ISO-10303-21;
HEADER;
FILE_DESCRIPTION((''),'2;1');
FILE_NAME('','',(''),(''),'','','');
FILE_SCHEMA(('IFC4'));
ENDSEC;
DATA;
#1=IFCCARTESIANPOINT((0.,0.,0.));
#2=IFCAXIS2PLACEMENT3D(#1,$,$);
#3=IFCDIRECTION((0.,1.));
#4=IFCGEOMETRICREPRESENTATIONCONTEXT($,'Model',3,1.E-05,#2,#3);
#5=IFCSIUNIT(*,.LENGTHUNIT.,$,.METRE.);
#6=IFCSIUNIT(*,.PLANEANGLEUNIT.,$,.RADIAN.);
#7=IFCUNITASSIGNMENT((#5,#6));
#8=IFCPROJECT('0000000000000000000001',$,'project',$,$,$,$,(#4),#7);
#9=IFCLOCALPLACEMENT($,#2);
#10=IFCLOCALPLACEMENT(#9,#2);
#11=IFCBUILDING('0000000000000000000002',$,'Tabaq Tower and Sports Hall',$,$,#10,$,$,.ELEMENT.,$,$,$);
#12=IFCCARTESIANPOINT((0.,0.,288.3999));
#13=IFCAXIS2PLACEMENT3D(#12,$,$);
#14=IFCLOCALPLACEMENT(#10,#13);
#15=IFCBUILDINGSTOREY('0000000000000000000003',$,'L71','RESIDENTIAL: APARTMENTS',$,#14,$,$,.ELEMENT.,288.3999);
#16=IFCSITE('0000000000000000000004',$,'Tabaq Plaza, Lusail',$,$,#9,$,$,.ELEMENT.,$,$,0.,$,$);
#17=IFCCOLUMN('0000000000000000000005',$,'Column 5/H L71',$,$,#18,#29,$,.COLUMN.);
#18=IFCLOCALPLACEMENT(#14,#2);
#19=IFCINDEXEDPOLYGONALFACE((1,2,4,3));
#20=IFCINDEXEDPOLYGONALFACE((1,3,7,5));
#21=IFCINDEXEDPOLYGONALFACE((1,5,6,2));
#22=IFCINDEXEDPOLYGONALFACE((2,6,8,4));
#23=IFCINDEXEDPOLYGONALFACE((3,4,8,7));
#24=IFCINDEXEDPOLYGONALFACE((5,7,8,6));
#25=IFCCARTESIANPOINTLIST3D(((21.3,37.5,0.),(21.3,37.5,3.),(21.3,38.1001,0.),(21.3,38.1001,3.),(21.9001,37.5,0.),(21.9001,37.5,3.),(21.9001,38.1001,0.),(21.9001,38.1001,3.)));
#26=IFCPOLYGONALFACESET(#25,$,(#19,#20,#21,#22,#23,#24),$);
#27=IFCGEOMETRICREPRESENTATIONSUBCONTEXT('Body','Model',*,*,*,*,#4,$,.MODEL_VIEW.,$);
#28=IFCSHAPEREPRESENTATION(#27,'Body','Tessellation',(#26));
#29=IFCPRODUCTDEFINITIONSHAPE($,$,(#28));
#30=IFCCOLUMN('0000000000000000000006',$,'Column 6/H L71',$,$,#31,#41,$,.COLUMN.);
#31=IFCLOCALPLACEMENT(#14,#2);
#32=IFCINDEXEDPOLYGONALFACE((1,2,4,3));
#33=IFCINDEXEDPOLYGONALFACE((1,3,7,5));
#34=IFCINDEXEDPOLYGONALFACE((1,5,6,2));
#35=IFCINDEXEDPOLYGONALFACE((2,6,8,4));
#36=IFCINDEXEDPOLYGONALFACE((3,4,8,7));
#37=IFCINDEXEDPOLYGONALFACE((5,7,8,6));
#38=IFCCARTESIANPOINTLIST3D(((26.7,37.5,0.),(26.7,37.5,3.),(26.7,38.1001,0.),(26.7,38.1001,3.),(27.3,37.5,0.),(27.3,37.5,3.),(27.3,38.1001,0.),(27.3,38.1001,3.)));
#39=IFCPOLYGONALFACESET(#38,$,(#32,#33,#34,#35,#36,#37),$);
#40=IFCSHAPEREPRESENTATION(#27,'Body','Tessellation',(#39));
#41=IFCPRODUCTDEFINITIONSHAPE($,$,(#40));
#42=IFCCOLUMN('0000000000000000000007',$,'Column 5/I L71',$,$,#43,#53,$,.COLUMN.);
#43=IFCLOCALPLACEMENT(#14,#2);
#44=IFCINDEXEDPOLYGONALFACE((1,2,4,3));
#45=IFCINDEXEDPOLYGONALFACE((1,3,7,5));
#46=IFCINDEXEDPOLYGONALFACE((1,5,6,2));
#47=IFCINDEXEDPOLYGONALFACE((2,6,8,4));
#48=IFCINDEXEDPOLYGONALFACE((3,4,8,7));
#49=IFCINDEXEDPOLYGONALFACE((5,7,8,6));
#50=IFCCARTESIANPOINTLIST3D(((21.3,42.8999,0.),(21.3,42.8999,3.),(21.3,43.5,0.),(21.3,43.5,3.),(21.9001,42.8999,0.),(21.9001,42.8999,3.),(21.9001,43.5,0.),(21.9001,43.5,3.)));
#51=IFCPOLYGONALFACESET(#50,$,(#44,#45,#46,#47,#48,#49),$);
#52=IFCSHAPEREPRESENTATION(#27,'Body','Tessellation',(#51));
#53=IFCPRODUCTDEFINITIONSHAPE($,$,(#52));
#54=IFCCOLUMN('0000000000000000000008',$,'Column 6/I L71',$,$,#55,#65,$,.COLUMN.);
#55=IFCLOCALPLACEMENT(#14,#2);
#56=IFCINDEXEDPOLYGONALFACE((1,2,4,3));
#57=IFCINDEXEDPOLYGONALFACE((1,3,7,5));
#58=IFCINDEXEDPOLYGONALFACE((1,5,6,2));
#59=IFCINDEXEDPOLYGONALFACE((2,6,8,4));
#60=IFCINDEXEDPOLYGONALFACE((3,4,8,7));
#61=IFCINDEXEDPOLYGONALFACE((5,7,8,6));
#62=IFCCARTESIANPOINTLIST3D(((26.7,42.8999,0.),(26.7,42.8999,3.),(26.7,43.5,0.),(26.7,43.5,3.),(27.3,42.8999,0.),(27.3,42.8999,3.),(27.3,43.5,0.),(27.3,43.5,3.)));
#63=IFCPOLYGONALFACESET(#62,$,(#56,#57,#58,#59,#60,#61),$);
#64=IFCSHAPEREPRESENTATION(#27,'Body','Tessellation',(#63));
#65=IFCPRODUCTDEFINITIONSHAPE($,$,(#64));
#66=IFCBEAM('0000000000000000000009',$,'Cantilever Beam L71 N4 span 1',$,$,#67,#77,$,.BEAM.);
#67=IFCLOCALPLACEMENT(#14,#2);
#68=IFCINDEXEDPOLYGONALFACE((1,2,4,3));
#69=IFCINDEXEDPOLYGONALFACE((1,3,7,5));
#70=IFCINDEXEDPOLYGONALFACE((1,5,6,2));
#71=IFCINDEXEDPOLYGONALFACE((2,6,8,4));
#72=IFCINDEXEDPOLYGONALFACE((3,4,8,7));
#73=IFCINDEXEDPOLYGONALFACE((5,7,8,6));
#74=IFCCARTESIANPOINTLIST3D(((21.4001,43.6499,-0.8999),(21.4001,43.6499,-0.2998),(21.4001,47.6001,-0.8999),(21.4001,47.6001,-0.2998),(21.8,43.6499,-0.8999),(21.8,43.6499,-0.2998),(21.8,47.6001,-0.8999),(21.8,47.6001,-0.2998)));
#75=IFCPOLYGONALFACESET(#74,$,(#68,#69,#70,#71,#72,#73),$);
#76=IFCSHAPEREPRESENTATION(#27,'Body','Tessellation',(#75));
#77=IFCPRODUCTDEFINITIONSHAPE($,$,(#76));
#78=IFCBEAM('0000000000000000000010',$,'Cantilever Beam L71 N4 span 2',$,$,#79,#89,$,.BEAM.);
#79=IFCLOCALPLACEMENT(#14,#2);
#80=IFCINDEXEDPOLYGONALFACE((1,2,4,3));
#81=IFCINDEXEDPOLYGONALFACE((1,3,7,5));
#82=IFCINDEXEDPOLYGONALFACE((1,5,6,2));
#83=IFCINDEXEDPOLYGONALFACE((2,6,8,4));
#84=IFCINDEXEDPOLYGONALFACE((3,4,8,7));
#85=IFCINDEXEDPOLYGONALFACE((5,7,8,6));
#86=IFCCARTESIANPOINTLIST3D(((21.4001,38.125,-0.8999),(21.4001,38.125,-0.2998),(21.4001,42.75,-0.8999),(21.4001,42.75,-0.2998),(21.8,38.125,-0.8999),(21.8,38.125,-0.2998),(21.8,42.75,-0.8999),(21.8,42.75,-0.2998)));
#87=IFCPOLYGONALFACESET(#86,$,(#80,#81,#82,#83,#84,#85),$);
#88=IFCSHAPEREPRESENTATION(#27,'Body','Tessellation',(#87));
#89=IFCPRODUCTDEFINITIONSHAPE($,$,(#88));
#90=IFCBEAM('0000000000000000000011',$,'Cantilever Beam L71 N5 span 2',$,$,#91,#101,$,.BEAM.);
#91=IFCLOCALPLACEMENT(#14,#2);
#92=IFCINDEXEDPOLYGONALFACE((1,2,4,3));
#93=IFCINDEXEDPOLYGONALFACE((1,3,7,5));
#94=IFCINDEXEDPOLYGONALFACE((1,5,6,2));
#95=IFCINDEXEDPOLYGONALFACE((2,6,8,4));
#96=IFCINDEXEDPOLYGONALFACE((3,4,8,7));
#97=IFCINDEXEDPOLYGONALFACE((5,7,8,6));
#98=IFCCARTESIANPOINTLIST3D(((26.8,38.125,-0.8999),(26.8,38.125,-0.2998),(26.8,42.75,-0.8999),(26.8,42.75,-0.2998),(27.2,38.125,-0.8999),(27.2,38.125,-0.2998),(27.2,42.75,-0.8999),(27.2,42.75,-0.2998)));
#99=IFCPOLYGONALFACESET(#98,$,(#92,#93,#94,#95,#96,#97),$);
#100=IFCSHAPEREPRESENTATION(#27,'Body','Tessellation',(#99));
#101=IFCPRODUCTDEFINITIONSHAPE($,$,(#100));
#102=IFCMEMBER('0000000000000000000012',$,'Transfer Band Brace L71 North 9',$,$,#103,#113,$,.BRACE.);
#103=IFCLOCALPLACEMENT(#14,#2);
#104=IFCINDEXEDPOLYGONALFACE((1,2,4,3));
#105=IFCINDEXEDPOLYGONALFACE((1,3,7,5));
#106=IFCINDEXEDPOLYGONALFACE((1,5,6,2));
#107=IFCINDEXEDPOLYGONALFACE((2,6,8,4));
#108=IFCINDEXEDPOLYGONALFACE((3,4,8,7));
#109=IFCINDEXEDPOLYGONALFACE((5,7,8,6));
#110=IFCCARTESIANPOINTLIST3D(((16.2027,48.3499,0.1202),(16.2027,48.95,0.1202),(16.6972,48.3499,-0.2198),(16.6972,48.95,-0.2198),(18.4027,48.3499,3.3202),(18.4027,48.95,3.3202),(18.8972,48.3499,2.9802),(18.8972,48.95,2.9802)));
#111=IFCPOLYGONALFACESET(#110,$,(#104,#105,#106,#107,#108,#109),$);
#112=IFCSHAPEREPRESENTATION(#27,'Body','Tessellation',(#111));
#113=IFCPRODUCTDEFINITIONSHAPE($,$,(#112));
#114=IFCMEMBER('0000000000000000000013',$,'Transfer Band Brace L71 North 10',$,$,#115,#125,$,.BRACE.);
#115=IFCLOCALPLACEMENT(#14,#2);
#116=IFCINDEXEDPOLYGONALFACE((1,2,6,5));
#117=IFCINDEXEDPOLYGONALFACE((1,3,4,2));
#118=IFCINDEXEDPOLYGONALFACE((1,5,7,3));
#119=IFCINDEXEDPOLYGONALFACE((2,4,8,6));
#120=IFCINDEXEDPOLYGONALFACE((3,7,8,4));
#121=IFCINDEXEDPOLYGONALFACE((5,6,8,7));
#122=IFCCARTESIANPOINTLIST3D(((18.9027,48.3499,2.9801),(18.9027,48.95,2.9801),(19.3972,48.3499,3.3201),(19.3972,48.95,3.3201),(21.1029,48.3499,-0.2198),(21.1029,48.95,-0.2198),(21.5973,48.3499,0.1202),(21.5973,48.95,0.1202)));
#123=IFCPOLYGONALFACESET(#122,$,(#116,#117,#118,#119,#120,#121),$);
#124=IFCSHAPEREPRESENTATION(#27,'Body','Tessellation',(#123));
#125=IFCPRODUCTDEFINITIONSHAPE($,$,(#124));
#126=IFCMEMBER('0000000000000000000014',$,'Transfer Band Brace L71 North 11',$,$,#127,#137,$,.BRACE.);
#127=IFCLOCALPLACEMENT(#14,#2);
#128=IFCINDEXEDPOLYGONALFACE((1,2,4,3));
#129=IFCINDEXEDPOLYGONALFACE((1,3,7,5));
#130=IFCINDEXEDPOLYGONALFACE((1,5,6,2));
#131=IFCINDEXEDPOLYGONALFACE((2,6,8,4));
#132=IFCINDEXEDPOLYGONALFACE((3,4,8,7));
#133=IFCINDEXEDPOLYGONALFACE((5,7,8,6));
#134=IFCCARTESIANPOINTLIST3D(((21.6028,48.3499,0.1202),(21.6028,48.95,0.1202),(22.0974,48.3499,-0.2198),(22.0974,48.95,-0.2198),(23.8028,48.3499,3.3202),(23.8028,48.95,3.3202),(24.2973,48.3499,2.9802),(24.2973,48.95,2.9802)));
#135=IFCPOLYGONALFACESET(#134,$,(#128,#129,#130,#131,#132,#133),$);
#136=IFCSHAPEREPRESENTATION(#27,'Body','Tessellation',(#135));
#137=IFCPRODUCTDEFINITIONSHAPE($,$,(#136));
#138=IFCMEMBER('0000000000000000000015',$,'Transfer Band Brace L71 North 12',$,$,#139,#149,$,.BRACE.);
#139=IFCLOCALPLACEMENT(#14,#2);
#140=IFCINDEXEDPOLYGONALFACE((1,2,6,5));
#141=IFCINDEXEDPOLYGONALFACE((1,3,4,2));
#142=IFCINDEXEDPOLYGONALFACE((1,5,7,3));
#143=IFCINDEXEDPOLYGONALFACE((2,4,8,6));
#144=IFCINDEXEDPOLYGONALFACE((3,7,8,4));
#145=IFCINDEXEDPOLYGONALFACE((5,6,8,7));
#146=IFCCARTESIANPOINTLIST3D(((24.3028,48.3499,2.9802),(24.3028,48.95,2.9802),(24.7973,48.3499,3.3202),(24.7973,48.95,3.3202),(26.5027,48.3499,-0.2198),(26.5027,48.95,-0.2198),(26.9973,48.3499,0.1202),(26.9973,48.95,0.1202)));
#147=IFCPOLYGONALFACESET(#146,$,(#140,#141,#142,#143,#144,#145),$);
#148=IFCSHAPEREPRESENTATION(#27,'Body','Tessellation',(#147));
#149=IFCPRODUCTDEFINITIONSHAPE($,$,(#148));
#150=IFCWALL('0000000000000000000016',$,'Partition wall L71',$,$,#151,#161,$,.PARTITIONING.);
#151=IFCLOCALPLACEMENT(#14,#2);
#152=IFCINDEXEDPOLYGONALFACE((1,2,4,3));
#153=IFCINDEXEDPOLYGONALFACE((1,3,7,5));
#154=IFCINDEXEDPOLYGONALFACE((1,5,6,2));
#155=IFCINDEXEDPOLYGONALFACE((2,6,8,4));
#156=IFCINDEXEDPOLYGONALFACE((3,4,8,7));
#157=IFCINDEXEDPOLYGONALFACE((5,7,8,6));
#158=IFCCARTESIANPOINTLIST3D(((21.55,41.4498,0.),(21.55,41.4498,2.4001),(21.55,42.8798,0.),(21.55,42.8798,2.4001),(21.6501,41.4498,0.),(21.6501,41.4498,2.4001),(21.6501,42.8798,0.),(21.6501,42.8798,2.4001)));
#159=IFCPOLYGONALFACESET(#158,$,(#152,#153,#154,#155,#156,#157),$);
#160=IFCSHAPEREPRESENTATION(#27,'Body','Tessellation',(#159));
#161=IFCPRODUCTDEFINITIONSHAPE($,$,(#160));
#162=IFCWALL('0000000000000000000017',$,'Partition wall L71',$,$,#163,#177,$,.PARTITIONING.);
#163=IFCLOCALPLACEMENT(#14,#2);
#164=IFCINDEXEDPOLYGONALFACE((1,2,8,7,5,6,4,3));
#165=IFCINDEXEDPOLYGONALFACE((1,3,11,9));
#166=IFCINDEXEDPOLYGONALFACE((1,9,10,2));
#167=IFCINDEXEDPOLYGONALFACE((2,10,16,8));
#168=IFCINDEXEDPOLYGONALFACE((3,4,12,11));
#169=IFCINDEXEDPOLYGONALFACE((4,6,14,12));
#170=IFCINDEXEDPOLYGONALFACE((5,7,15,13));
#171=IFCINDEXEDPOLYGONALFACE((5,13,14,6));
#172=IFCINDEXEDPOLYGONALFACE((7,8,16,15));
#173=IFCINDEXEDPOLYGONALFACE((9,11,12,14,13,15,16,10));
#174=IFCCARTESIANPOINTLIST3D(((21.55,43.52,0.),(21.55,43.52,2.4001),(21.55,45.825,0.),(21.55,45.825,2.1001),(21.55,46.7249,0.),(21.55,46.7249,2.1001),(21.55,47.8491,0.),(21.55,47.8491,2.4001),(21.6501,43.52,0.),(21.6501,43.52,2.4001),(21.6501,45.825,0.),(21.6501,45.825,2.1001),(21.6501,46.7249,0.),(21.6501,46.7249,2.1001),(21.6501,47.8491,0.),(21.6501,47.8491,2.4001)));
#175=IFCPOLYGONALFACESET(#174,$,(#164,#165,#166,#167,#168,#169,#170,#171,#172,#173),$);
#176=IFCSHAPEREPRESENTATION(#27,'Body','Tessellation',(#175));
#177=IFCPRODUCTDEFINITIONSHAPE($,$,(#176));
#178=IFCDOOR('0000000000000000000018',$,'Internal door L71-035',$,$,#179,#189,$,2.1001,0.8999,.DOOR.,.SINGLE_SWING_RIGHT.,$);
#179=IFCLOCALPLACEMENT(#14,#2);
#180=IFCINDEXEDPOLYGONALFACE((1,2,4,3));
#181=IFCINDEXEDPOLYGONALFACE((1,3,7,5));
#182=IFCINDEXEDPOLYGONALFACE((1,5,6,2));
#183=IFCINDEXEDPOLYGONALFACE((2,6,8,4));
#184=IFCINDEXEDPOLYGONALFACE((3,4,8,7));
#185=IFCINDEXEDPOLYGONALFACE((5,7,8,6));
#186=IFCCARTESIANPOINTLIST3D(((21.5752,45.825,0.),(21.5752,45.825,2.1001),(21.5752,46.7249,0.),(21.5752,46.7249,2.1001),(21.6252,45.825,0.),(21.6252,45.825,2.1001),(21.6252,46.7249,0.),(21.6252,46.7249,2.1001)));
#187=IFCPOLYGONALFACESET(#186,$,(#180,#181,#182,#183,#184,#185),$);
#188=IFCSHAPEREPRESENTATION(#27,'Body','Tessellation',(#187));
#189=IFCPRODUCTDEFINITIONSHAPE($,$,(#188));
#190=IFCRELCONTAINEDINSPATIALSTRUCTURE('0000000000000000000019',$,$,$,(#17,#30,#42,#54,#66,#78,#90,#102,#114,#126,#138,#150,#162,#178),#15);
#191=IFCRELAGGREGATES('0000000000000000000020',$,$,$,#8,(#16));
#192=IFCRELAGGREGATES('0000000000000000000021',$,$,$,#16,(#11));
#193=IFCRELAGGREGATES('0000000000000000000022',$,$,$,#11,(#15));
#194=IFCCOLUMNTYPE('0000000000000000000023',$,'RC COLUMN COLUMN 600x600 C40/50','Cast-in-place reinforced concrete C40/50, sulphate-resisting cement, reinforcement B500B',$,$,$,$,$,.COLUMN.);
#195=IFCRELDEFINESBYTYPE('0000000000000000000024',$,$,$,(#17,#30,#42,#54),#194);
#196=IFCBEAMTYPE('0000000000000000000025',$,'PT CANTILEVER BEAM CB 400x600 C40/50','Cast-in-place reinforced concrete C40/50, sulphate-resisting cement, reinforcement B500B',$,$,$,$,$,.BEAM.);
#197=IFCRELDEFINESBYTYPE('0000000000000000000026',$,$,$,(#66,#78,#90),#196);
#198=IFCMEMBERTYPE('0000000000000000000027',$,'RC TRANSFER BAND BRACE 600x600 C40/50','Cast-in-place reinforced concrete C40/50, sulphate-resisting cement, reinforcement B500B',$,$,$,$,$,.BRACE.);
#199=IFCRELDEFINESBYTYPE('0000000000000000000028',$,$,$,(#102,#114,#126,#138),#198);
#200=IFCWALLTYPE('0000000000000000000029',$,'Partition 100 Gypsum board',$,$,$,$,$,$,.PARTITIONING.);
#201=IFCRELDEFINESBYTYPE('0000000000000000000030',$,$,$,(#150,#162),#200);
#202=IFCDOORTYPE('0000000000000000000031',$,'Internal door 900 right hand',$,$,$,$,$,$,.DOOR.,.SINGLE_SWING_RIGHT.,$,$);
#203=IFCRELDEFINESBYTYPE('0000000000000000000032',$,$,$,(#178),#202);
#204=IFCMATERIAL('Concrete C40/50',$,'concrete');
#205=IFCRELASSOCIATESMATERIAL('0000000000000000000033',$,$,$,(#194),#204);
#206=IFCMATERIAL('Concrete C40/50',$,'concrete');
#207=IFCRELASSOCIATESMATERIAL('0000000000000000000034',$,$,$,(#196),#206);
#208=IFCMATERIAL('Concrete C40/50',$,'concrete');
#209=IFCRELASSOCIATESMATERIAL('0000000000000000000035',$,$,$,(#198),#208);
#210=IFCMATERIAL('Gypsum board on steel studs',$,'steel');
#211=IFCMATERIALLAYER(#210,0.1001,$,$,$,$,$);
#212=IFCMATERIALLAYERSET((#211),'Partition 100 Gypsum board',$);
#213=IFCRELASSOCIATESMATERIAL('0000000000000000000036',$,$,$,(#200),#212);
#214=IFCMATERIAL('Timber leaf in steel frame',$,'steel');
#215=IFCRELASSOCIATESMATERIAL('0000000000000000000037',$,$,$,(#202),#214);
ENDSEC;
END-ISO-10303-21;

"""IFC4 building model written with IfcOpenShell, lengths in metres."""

from ifc_helpers import new_model, si_unit, direction, frame, frame_2d, origin, origin_2d, place, context, subcontext, project, spatial, rectangle, extrude, material, layer, layer_set, material_profile, profile_set, type_object, element, fill, save


model = new_model("IFC4")

# Units and contexts
model_context = context("Model", 3, precision=1e-05, world=origin(), true_north=direction((0.0, 1.0)))
body_context = subcontext(model_context, "Body", "Model", "MODEL_VIEW")
ifc_project = project(units=[si_unit("LENGTHUNIT", "METRE"), si_unit("PLANEANGLEUNIT", "RADIAN")], contexts=[model_context])

# Site, building, storey
site_placement = place(None, origin())
site = spatial("IfcSite", under=ifc_project, at=site_placement, Name="Tabaq Plaza, Lusail", CompositionType="ELEMENT", RefElevation=0.0)
building_placement = place(site_placement, origin())
building = spatial("IfcBuilding", under=site, at=building_placement, Name="Tabaq Tower and Sports Hall", CompositionType="ELEMENT")
storey_placement = place(building_placement, frame((0.0, 0.0, 288.3999)))
storey = spatial("IfcBuildingStorey", under=building, at=storey_placement, Name="L71", Description="RESIDENTIAL: APARTMENTS", CompositionType="ELEMENT", Elevation=288.3999)

# Columns
ifc_material_1 = material(Name="Concrete C40/50", Category="concrete")
ifc_material_profile_1 = material_profile(ifc_material_1, rectangle(XDim=0.6001, YDim=0.6001, at=origin_2d()), Name="COLUMN 600x600")
ifc_profile_set_1 = profile_set([ifc_material_profile_1], Name="Concrete C40/50")
column_type = type_object("IfcColumnType", Name="RC COLUMN COLUMN 600x600 C40/50", Description="Cast-in-place reinforced concrete C40/50, sulphate-resisting cement, reinforcement B500B", PredefinedType="COLUMN", material=ifc_profile_set_1)
for number, where, z_axis, x_axis, name in (
    (1, (21.6001, 37.8, 0.0), (0.0, 0.0, 1.0), (1.0, 0.0, 0.0), "Column 5/H L71"),
    (2, (27.0, 37.8, 0.0), (0.0, 0.0, 1.0), (1.0, 0.0, 0.0), "Column 6/H L71"),
    (3, (21.6001, 43.2, 0.0), (0.0, 0.0, 1.0), (1.0, 0.0, 0.0), "Column 5/I L71"),
    (4, (27.0, 43.2, 0.0), (0.0, 0.0, 1.0), (1.0, 0.0, 0.0), "Column 6/I L71"),
):
    element("IfcColumn", number, at=place(storey_placement, frame(where, z_axis=z_axis, x_axis=x_axis)), inside=storey, type_object=column_type, Name=name, PredefinedType="COLUMN", context=body_context, shape_type="SweptSolid", body=[
        extrude(rectangle(XDim=0.6001, YDim=0.6001, at=origin_2d()), origin(), (0.0, 0.0, 1.0), 3.0),
    ])

# Beams
ifc_material_2 = material(Name="Concrete C40/50", Category="concrete")
ifc_material_profile_2 = material_profile(ifc_material_2, rectangle(XDim=0.3999, YDim=0.6001, at=origin_2d()), Name="CB 400x600")
ifc_profile_set_2 = profile_set([ifc_material_profile_2], Name="Concrete C40/50")
beam_type = type_object("IfcBeamType", Name="PT CANTILEVER BEAM CB 400x600 C40/50", Description="Cast-in-place reinforced concrete C40/50, sulphate-resisting cement, reinforcement B500B", PredefinedType="BEAM", material=ifc_profile_set_2)
beam_placement = place(storey_placement, frame((21.6001, 47.6001, -0.5999), z_axis=(0.0, -1.0, 0.0), x_axis=(1.0, 0.0, 0.0)))
element("IfcBeam", 5, at=beam_placement, inside=storey, type_object=beam_type, Name="Cantilever Beam L71 N4 span 1", PredefinedType="BEAM", context=body_context, shape_type="SweptSolid", body=[
    extrude(rectangle(XDim=0.3999, YDim=0.6001, at=origin_2d()), origin(), (0.0, 0.0, 1.0), 3.9502),
])
for number, where, z_axis, x_axis, name in (
    (6, (21.6001, 42.75, -0.5999), (0.0, -1.0, 0.0), (1.0, 0.0, 0.0), "Cantilever Beam L71 N4 span 2"),
    (7, (27.0, 42.75, -0.5999), (0.0, -1.0, 0.0), (1.0, 0.0, 0.0), "Cantilever Beam L71 N5 span 2"),
):
    element("IfcBeam", number, at=place(storey_placement, frame(where, z_axis=z_axis, x_axis=x_axis)), inside=storey, type_object=beam_type, Name=name, PredefinedType="BEAM", context=body_context, shape_type="SweptSolid", body=[
        extrude(rectangle(XDim=0.3999, YDim=0.6001, at=origin_2d()), origin(), (0.0, 0.0, 1.0), 4.625),
    ])

# Members
ifc_material_3 = material(Name="Concrete C40/50", Category="concrete")
ifc_material_profile_3 = material_profile(ifc_material_3, rectangle(XDim=0.6001, YDim=0.6001, at=origin_2d()), Name="TRANSFER BAND BRACE 600x600")
ifc_profile_set_3 = profile_set([ifc_material_profile_3], Name="Concrete C40/50")
member_type = type_object("IfcMemberType", Name="RC TRANSFER BAND BRACE 600x600 C40/50", Description="Cast-in-place reinforced concrete C40/50, sulphate-resisting cement, reinforcement B500B", PredefinedType="BRACE", material=ifc_profile_set_3)
for number, where, z_axis, x_axis, name in (
    (8, (16.45, 48.6499, -0.0498), (0.566526, 0.0, 0.824044), (0.0, 1.0, 0.0), "Transfer Band Brace L71 North 9"),
    (9, (21.3501, 48.6499, -0.0498), (-0.566569, 0.0, 0.824014), (0.0, -1.0, 0.0), "Transfer Band Brace L71 North 10"),
    (10, (21.8501, 48.6499, -0.0498), (0.566526, 0.0, 0.824044), (0.0, 1.0, 0.0), "Transfer Band Brace L71 North 11"),
    (11, (26.75, 48.6499, -0.0498), (-0.566526, 0.0, 0.824044), (0.0, -1.0, 0.0), "Transfer Band Brace L71 North 12"),
):
    element("IfcMember", number, at=place(storey_placement, frame(where, z_axis=z_axis, x_axis=x_axis)), inside=storey, type_object=member_type, Name=name, PredefinedType="BRACE", context=body_context, shape_type="SweptSolid", body=[
        extrude(rectangle(XDim=0.6001, YDim=0.6001, at=origin_2d()), origin(), (0.0, 0.0, 1.0), 3.8833),
    ])

# Wall
ifc_material_4 = material(Name="Gypsum board on steel studs", Category="steel")
ifc_layer_1 = layer(ifc_material_4, 0.1001)
ifc_layer_set_1 = layer_set([ifc_layer_1], Name="Partition 100 Gypsum board")
wall_type_1 = type_object("IfcWallType", Name="Partition 100 Gypsum board", PredefinedType="PARTITIONING", material=ifc_layer_set_1)
wall_1_placement = place(storey_placement, frame((21.6001, 41.45, 0.0), z_axis=(0.0, 0.0, 1.0), x_axis=(0.0, 1.0, 0.0)))
element("IfcWall", 12, at=wall_1_placement, inside=storey, type_object=wall_type_1, Name="Partition wall L71", PredefinedType="PARTITIONING", context=body_context, shape_type="SweptSolid", body=[
    extrude(rectangle(XDim=1.4299, YDim=0.1001, at=frame_2d((0.7148, 0.0))), origin(), (0.0, 0.0, 1.0), 2.4001),
])

# Wall, opening, door
wall_2_placement = place(storey_placement, frame((21.6001, 43.52, 0.0), z_axis=(0.0, 0.0, 1.0), x_axis=(0.0, 1.0, 0.0)))
wall_2 = element("IfcWall", 13, at=wall_2_placement, inside=storey, type_object=wall_type_1, Name="Partition wall L71", PredefinedType="PARTITIONING", context=body_context, shape_type="SweptSolid", body=[
    extrude(rectangle(XDim=4.3291, YDim=0.1001, at=frame_2d((2.1646, 0.0))), origin(), (0.0, 0.0, 1.0), 2.4001),
])
opening_1_placement = place(wall_2_placement, frame((2.3049, 0.0, 0.0)))
opening_1 = element("IfcOpeningElement", 14, at=opening_1_placement, cuts=wall_2, PredefinedType="OPENING", context=body_context, shape_type="SweptSolid", body=[
    extrude(rectangle(XDim=0.8999, YDim=2.1001, at=frame_2d((0.45, 1.05))), frame((0.0, 0.05, 0.0), z_axis=(0.0, -1.0, 0.0), x_axis=(1.0, 0.0, 0.0)), (0.0, 0.0, 1.0), 0.1001),
])
ifc_material_5 = material(Name="Timber leaf in steel frame", Category="steel")
door_type_1 = type_object("IfcDoorType", Name="Internal door 900 right hand", OperationType="SINGLE_SWING_RIGHT", PredefinedType="DOOR", material=ifc_material_5)
door_1_placement = place(opening_1_placement, origin())
door_1 = element("IfcDoor", 15, at=door_1_placement, inside=storey, type_object=door_type_1, Name="Internal door L71-035", OperationType="SINGLE_SWING_RIGHT", OverallHeight=2.1001, OverallWidth=0.8999, PredefinedType="DOOR", context=body_context, shape_type="SweptSolid", body=[
    extrude(rectangle(XDim=0.8999, YDim=2.1001, at=frame_2d((0.45, 1.05))), frame((0.0, 0.0249, 0.0), z_axis=(0.0, -1.0, 0.0), x_axis=(1.0, 0.0, 0.0)), (0.0, 0.0, 1.0), 0.05),
])
fill(opening_1, door_1)

save(model, "model.ifc")
